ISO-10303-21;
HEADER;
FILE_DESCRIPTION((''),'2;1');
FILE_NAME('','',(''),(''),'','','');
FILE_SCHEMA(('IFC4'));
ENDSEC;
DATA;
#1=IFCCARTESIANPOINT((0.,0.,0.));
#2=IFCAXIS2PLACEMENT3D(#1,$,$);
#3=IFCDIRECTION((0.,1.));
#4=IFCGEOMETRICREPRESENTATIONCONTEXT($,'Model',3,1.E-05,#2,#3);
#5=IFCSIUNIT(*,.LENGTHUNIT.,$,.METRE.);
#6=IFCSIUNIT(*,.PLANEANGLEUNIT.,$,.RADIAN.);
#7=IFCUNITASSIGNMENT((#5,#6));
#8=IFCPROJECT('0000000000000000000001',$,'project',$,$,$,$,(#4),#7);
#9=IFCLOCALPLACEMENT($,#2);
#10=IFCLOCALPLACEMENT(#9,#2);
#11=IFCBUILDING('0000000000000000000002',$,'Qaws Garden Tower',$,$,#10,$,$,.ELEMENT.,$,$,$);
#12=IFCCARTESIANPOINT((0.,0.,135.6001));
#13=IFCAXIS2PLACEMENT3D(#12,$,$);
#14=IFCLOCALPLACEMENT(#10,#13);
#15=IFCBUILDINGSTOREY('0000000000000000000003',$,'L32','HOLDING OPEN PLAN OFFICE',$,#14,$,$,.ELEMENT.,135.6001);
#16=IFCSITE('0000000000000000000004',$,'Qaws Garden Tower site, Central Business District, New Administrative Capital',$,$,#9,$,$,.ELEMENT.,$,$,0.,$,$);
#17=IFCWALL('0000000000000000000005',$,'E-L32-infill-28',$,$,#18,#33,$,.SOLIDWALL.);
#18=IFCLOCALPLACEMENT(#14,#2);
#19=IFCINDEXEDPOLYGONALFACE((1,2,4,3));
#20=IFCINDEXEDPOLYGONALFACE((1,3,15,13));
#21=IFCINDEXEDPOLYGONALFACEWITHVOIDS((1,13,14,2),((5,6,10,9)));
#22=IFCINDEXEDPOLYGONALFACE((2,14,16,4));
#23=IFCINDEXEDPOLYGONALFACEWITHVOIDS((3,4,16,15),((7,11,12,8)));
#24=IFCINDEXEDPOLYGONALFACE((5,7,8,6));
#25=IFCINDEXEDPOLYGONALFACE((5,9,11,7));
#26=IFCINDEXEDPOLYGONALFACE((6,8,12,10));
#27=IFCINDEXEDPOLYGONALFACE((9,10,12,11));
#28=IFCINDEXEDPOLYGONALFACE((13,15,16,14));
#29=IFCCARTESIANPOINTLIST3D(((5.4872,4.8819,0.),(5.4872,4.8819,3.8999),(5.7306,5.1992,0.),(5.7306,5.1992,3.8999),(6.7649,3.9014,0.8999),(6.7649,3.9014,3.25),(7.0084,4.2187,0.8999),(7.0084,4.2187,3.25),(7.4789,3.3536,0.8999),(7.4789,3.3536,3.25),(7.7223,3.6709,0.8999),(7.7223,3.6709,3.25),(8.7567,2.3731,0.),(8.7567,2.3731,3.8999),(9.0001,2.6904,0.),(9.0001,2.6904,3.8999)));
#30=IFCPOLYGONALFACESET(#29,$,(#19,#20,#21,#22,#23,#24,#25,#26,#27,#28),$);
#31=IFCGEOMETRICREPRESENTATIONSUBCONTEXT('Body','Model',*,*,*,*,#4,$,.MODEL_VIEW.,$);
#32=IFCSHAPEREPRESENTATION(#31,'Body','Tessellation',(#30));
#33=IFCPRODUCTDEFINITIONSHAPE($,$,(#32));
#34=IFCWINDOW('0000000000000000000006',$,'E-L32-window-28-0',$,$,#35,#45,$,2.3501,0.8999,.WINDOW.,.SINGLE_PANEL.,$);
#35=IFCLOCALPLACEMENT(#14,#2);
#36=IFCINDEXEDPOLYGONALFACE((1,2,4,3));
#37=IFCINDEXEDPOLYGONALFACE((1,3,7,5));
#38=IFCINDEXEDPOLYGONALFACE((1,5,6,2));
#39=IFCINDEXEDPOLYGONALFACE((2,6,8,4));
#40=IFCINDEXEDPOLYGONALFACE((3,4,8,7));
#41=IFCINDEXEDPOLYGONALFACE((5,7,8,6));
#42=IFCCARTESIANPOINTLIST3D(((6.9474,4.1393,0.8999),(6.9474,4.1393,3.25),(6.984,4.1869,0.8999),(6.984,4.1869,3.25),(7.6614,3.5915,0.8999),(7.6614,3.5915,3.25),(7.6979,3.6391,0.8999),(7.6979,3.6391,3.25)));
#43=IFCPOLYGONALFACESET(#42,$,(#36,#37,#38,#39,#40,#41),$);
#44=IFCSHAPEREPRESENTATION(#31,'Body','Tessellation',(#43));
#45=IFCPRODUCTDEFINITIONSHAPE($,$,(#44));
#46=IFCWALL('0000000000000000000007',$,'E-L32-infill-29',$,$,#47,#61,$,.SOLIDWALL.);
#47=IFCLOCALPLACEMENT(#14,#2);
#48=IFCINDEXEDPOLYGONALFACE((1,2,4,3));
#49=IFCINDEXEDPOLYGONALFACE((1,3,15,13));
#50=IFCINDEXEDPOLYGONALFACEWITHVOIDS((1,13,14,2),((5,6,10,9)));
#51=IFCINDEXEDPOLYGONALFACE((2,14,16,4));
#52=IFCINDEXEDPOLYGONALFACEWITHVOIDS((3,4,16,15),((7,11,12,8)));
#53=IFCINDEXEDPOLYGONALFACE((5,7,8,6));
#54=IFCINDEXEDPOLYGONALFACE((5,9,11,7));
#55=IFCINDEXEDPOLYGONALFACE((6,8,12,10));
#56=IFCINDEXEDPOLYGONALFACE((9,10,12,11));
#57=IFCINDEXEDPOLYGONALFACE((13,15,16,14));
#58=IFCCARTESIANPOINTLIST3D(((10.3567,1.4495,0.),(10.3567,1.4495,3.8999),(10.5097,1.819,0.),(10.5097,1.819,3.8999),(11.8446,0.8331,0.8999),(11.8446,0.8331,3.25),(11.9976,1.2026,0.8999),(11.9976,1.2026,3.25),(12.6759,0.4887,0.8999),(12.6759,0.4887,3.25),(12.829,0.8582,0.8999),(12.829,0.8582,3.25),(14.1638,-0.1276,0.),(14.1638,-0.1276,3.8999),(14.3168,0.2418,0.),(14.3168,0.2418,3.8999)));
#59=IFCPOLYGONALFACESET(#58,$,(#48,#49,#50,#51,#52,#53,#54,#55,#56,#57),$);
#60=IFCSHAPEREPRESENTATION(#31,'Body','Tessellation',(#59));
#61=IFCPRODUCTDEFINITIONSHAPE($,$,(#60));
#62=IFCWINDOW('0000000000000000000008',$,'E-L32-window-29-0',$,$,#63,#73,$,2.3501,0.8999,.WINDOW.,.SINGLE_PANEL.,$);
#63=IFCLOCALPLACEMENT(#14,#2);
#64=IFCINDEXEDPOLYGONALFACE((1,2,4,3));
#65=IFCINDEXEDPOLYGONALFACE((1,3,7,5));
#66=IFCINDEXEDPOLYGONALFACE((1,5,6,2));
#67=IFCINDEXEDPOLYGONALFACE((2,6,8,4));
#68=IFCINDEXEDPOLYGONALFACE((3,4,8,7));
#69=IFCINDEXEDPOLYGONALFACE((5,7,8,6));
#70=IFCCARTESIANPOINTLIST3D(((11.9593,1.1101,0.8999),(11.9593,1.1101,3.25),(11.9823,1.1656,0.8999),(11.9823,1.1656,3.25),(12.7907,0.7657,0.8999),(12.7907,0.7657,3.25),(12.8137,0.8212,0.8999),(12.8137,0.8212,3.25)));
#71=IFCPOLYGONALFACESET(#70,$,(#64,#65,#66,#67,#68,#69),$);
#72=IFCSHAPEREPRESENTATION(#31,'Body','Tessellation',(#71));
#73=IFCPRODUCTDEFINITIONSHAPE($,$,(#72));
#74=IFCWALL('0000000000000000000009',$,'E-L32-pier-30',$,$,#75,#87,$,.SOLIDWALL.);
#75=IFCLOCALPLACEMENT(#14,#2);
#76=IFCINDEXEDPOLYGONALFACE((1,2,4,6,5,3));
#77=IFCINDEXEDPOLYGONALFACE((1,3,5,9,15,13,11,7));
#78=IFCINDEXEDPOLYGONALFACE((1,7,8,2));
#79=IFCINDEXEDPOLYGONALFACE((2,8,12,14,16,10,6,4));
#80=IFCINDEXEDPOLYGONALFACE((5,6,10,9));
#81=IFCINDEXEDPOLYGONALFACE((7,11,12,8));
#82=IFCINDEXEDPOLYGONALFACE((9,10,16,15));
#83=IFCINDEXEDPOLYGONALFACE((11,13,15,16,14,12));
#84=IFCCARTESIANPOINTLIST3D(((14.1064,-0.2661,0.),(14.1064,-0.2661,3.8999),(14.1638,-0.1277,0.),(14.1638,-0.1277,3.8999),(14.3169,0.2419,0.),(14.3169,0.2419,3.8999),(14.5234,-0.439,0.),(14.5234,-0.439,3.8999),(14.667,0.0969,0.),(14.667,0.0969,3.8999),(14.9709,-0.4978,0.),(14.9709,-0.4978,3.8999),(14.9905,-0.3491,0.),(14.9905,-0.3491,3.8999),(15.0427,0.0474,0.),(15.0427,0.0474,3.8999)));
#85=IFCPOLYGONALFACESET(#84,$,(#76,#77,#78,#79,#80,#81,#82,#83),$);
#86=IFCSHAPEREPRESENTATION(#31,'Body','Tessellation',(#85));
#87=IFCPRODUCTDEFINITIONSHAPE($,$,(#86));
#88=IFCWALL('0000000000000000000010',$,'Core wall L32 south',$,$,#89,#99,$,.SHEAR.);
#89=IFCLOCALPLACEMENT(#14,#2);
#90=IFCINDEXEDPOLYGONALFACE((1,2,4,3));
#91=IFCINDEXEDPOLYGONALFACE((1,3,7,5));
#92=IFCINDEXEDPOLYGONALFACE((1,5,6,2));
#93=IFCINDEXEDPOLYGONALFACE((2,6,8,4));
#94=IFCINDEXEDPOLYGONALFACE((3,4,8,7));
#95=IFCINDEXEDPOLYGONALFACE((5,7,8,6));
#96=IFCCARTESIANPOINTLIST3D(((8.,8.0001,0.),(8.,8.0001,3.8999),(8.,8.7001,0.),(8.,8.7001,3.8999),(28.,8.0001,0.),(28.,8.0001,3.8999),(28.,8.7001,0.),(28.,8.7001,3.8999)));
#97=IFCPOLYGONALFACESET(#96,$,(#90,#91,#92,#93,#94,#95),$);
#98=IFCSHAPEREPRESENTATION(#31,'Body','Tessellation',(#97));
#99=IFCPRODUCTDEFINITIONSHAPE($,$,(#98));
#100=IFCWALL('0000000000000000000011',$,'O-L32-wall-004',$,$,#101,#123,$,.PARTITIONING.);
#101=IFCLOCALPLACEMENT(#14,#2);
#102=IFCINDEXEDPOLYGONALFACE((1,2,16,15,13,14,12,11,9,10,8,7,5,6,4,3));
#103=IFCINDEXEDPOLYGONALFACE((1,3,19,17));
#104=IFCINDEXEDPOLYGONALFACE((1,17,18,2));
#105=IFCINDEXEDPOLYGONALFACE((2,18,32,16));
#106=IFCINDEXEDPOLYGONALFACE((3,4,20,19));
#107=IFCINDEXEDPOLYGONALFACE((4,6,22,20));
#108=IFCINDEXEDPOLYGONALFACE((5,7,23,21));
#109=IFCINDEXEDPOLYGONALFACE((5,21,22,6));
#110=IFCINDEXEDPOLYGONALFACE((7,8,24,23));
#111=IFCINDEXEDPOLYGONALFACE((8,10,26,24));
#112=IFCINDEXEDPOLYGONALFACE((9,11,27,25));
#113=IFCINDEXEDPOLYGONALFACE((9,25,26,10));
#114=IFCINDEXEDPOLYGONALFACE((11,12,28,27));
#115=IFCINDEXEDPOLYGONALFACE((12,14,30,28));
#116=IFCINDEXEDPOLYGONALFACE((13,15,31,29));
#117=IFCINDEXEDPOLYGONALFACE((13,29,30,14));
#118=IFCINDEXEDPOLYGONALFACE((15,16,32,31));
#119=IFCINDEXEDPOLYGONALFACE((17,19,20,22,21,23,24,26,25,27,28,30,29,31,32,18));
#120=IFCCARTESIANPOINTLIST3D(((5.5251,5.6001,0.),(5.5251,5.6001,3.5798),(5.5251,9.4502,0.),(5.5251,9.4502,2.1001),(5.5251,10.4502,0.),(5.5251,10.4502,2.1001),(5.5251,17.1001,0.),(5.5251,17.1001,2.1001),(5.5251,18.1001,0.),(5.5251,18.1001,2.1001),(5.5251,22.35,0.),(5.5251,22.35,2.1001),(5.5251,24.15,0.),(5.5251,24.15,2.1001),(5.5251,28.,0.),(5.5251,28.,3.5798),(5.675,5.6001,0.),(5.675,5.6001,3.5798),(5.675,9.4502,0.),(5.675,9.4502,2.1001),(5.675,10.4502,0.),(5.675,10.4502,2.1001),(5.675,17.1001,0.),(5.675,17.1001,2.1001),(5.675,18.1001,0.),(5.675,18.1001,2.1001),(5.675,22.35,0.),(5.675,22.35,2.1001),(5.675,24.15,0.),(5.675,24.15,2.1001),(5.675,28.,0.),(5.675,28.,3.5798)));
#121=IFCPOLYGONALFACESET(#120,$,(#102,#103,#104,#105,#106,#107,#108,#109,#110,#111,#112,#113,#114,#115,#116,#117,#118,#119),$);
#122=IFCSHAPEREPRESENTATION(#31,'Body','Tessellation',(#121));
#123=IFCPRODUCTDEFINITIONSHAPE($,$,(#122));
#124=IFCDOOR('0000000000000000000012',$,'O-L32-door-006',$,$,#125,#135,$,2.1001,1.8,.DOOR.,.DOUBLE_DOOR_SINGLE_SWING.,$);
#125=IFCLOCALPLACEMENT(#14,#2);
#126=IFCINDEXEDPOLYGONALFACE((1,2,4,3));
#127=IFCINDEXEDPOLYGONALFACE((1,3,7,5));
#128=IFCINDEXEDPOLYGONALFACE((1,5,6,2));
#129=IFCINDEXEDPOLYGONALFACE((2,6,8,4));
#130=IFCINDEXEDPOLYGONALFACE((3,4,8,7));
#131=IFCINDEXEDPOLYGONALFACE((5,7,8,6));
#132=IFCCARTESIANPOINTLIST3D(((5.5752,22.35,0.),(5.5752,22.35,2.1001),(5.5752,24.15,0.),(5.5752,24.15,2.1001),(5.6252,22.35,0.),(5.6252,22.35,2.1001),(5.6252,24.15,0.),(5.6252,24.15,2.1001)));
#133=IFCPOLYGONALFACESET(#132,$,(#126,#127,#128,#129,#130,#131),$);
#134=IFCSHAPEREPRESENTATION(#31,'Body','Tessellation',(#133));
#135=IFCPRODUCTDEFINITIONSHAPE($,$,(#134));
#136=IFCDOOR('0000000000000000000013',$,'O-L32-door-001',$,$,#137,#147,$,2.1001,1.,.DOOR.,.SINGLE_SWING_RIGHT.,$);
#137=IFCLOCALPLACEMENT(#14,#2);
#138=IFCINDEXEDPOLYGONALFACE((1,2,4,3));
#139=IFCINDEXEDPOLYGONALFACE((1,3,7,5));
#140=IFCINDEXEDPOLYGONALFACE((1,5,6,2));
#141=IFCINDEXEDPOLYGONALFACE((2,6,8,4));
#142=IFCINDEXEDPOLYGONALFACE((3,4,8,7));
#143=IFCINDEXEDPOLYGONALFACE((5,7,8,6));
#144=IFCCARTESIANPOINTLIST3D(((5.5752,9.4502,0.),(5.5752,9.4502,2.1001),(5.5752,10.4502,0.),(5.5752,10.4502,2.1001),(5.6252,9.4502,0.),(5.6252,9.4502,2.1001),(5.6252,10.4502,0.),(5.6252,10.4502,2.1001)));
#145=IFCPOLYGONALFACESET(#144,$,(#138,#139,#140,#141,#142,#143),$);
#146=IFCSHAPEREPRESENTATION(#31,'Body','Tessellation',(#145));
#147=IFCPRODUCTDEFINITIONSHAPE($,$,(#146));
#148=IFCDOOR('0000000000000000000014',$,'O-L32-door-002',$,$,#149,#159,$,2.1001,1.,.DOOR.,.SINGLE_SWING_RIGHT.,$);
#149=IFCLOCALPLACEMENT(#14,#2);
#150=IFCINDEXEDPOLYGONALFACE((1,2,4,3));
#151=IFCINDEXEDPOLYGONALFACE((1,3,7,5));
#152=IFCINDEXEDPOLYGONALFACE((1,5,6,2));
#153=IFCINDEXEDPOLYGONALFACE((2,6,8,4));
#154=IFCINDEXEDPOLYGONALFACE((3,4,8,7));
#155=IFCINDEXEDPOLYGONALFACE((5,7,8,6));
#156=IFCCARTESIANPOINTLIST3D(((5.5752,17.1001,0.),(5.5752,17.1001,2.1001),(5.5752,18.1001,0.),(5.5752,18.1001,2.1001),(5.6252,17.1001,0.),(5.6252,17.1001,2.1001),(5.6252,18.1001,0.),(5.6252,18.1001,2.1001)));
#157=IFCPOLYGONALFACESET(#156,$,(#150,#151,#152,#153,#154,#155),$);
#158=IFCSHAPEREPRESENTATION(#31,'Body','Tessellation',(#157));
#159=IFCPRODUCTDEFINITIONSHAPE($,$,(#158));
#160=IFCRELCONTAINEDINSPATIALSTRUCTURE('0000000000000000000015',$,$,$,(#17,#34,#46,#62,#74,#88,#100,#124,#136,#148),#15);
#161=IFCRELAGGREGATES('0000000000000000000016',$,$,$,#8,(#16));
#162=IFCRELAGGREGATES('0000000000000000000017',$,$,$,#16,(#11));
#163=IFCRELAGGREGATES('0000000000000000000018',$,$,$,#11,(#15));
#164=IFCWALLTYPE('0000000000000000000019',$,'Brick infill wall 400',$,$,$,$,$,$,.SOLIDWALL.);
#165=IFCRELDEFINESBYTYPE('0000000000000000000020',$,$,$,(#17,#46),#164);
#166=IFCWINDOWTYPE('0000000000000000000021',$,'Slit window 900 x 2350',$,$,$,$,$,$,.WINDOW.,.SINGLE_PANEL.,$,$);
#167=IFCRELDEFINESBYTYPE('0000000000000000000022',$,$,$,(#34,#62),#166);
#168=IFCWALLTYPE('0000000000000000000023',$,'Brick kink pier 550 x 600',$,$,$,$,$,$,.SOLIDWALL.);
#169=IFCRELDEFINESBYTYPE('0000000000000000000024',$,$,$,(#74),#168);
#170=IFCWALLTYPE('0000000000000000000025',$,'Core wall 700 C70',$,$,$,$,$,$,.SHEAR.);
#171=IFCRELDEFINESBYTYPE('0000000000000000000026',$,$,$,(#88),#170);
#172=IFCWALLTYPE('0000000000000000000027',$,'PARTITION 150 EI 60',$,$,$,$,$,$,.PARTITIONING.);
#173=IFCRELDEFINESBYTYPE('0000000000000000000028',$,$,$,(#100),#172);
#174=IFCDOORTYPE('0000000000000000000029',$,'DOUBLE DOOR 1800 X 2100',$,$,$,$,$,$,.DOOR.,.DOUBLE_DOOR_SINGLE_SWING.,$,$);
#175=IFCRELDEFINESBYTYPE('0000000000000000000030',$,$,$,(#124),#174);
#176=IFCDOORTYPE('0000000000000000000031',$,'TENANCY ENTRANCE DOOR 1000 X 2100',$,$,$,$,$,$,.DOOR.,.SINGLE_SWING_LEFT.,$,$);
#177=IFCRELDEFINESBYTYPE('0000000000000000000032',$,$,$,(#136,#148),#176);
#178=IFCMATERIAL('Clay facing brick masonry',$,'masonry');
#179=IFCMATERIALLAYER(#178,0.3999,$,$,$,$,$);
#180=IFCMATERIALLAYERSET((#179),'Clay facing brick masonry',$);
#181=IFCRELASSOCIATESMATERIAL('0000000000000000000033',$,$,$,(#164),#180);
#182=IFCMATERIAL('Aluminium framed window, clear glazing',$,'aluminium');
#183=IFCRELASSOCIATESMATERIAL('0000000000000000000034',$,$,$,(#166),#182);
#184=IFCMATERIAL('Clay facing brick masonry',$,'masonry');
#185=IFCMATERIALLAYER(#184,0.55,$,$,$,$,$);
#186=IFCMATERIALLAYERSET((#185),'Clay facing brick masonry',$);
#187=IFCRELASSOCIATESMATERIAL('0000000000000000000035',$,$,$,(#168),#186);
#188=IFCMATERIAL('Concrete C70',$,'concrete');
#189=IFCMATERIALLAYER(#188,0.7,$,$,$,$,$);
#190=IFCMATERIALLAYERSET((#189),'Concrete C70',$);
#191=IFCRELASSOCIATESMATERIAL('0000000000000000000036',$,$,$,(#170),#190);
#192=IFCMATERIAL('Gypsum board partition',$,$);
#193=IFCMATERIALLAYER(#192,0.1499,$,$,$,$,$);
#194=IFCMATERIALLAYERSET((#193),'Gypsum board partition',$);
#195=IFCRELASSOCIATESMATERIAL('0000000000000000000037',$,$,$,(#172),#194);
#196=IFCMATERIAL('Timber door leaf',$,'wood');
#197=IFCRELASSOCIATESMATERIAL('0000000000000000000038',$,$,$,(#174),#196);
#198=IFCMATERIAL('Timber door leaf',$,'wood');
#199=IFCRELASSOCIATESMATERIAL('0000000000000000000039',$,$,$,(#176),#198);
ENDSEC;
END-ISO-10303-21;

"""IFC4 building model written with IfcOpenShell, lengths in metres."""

from ifc_helpers import new_model, si_unit, direction, frame, frame_2d, origin, place, context, subcontext, project, spatial, polyline, rectangle, outline, extrude, material, layer, layer_set, type_object, element, fill, save


model = new_model("IFC4")

# Units and contexts
model_context = context("Model", 3, precision=1e-05, world=origin(), true_north=direction((0.0, 1.0)))
body_context = subcontext(model_context, "Body", "Model", "MODEL_VIEW")
ifc_project = project(units=[si_unit("LENGTHUNIT", "METRE"), si_unit("PLANEANGLEUNIT", "RADIAN")], contexts=[model_context])

# Site, building, storey
site_placement = place(None, origin())
site = spatial("IfcSite", under=ifc_project, at=site_placement, Name="Qaws Garden Tower site, Central Business District, New Administrative Capital", CompositionType="ELEMENT", RefElevation=0.0)
building_placement = place(site_placement, origin())
building = spatial("IfcBuilding", under=site, at=building_placement, Name="Qaws Garden Tower", CompositionType="ELEMENT")
storey_placement = place(building_placement, frame((0.0, 0.0, 135.6001)))
storey = spatial("IfcBuildingStorey", under=building, at=storey_placement, Name="L32", Description="HOLDING OPEN PLAN OFFICE", CompositionType="ELEMENT", Elevation=135.6001)

# Shared definitions
placement_1 = place(storey_placement, origin())

# Walls, openings, windows
ifc_material_1 = material(Name="Clay facing brick masonry", Category="masonry")
ifc_layer_1 = layer(ifc_material_1, 0.3999)
ifc_layer_set_1 = layer_set([ifc_layer_1], Name="Clay facing brick masonry")
wall_type_1 = type_object("IfcWallType", Name="Brick infill wall 400", PredefinedType="SOLIDWALL", material=ifc_layer_set_1)
ifc_material_2 = material(Name="Aluminium framed window, clear glazing", Category="aluminium")
window_type = type_object("IfcWindowType", Name="Slit window 900 x 2350", PartitioningType="SINGLE_PANEL", PredefinedType="WINDOW", material=ifc_material_2)
wall_1_placement = place(storey_placement, frame((5.6089, 5.0405, 0.0), z_axis=(0.0, 0.0, 1.0), x_axis=(0.793355, -0.60876, 0.0)))
wall_1 = element("IfcWall", 1, at=wall_1_placement, inside=storey, type_object=wall_type_1, Name="E-L32-infill-28", PredefinedType="SOLIDWALL", context=body_context, shape_type="SweptSolid", body=[
    extrude(rectangle(XDim=4.1211, YDim=0.3999, at=frame_2d((2.0605, 0.0))), origin(), (0.0, 0.0, 1.0), 3.8999),
])
opening_1_placement = place(wall_1_placement, frame((1.6106, 0.0, 0.8999)))
opening_1 = element("IfcOpeningElement", 2, at=opening_1_placement, cuts=wall_1, PredefinedType="OPENING", context=body_context, shape_type="SweptSolid", body=[
    extrude(rectangle(XDim=0.8999, YDim=2.3501, at=frame_2d((0.45, 1.175))), frame((0.0, 0.21, 0.0), z_axis=(0.0, -1.0, 0.0), x_axis=(1.0, 0.0, 0.0)), (0.0, 0.0, 1.0), 0.4199),
])
window_1_placement = place(opening_1_placement, origin())
window_1 = element("IfcWindow", 3, at=window_1_placement, inside=storey, type_object=window_type, Name="E-L32-window-28-0", OverallHeight=2.3501, OverallWidth=0.8999, PartitioningType="SINGLE_PANEL", PredefinedType="WINDOW", context=body_context, shape_type="SweptSolid", body=[
    extrude(rectangle(XDim=0.8999, YDim=2.3501, at=frame_2d((0.45, 1.175))), frame((0.0, 0.1599, 0.0), z_axis=(0.0, -1.0, 0.0), x_axis=(1.0, 0.0, 0.0)), (0.0, 0.0, 1.0), 0.0601),
])
fill(opening_1, window_1)
wall_2_placement = place(storey_placement, frame((10.4331, 1.6343, 0.0), z_axis=(0.0, 0.0, 1.0), x_axis=(0.923864, -0.382722, 0.0)))
wall_2 = element("IfcWall", 4, at=wall_2_placement, inside=storey, type_object=wall_type_1, Name="E-L32-infill-29", PredefinedType="SOLIDWALL", context=body_context, shape_type="SweptSolid", body=[
    extrude(rectangle(XDim=4.1208, YDim=0.3999, at=frame_2d((2.0605, 0.0))), origin(), (0.0, 0.0, 1.0), 3.8999),
])
opening_2_placement = place(wall_2_placement, frame((1.6106, 0.0, 0.8999)))
opening_2 = element("IfcOpeningElement", 5, at=opening_2_placement, cuts=wall_2, PredefinedType="OPENING", context=body_context, shape_type="SweptSolid", body=[
    extrude(rectangle(XDim=0.8999, YDim=2.3501, at=frame_2d((0.45, 1.175))), frame((0.0, 0.21, 0.0), z_axis=(0.0, -1.0, 0.0), x_axis=(1.0, 0.0, 0.0)), (0.0, 0.0, 1.0), 0.4199),
])
window_2_placement = place(opening_2_placement, origin())
window_2 = element("IfcWindow", 6, at=window_2_placement, inside=storey, type_object=window_type, Name="E-L32-window-29-0", OverallHeight=2.3501, OverallWidth=0.8999, PartitioningType="SINGLE_PANEL", PredefinedType="WINDOW", context=body_context, shape_type="SweptSolid", body=[
    extrude(rectangle(XDim=0.8999, YDim=2.3501, at=frame_2d((0.45, 1.175))), frame((0.0, 0.1599, 0.0), z_axis=(0.0, -1.0, 0.0), x_axis=(1.0, 0.0, 0.0)), (0.0, 0.0, 1.0), 0.0601),
])
fill(opening_2, window_2)

# Walls
ifc_material_3 = material(Name="Clay facing brick masonry", Category="masonry")
ifc_layer_2 = layer(ifc_material_3, 0.55)
ifc_layer_set_2 = layer_set([ifc_layer_2], Name="Clay facing brick masonry")
wall_type_2 = type_object("IfcWallType", Name="Brick kink pier 550 x 600", PredefinedType="SOLIDWALL", material=ifc_layer_set_2)
element("IfcWall", 7, at=placement_1, inside=storey, type_object=wall_type_2, Name="E-L32-pier-30", PredefinedType="SOLIDWALL", context=body_context, shape_type="SweptSolid", body=[
    extrude(outline(polyline([(14.1638, -0.1277), (14.1064, -0.2661), (14.5234, -0.439), (14.9709, -0.4978), (14.9905, -0.3491), (15.0427, 0.0474), (14.667, 0.0969), (14.3169, 0.2419), (14.1638, -0.1277)])), origin(), (0.0, 0.0, 1.0), 3.8999),
])
ifc_material_4 = material(Name="Concrete C70", Category="concrete")
ifc_layer_3 = layer(ifc_material_4, 0.7)
ifc_layer_set_3 = layer_set([ifc_layer_3], Name="Concrete C70")
wall_type_3 = type_object("IfcWallType", Name="Core wall 700 C70", PredefinedType="SHEAR", material=ifc_layer_set_3)
wall_3_placement = place(storey_placement, frame((8.0, 8.3501, 0.0), z_axis=(0.0, 0.0, 1.0), x_axis=(1.0, 0.0, 0.0)))
element("IfcWall", 8, at=wall_3_placement, inside=storey, type_object=wall_type_3, Name="Core wall L32 south", PredefinedType="SHEAR", context=body_context, shape_type="SweptSolid", body=[
    extrude(rectangle(XDim=20.0, YDim=0.7, at=frame_2d((10.0, 0.0))), origin(), (0.0, 0.0, 1.0), 3.8999),
])

# Wall, openings, doors
ifc_material_5 = material(Name="Gypsum board partition")
ifc_layer_4 = layer(ifc_material_5, 0.1499)
ifc_layer_set_4 = layer_set([ifc_layer_4], Name="Gypsum board partition")
wall_type_4 = type_object("IfcWallType", Name="PARTITION 150 EI 60", PredefinedType="PARTITIONING", material=ifc_layer_set_4)
wall_4_placement = place(storey_placement, frame((5.6001, 5.6001, 0.0), z_axis=(0.0, 0.0, 1.0), x_axis=(0.0, 1.0, 0.0)))
wall_4 = element("IfcWall", 9, at=wall_4_placement, inside=storey, type_object=wall_type_4, Name="O-L32-wall-004", PredefinedType="PARTITIONING", context=body_context, shape_type="SweptSolid", body=[
    extrude(rectangle(XDim=22.3999, YDim=0.1499, at=frame_2d((11.2, 0.0))), origin(), (0.0, 0.0, 1.0), 3.5798),
])
opening_3_placement = place(wall_4_placement, frame((3.8501, 0.0, 0.0)))
opening_3 = element("IfcOpeningElement", 10, at=opening_3_placement, cuts=wall_4, PredefinedType="OPENING", context=body_context, shape_type="SweptSolid", body=[
    extrude(rectangle(XDim=1.0, YDim=2.1001, at=frame_2d((0.5, 1.05))), frame((0.0, 0.085, 0.0), z_axis=(0.0, -1.0, 0.0), x_axis=(1.0, 0.0, 0.0)), (0.0, 0.0, 1.0), 0.1699),
])
opening_4_placement = place(wall_4_placement, frame((11.5, 0.0, 0.0)))
opening_4 = element("IfcOpeningElement", 11, at=opening_4_placement, cuts=wall_4, PredefinedType="OPENING", context=body_context, shape_type="SweptSolid", body=[
    extrude(rectangle(XDim=1.0, YDim=2.1001, at=frame_2d((0.5, 1.05))), frame((0.0, 0.085, 0.0), z_axis=(0.0, -1.0, 0.0), x_axis=(1.0, 0.0, 0.0)), (0.0, 0.0, 1.0), 0.1699),
])
opening_5_placement = place(wall_4_placement, frame((16.75, 0.0, 0.0)))
opening_5 = element("IfcOpeningElement", 12, at=opening_5_placement, cuts=wall_4, PredefinedType="OPENING", context=body_context, shape_type="SweptSolid", body=[
    extrude(rectangle(XDim=1.8, YDim=2.1001, at=frame_2d((0.8999, 1.05))), frame((0.0, 0.085, 0.0), z_axis=(0.0, -1.0, 0.0), x_axis=(1.0, 0.0, 0.0)), (0.0, 0.0, 1.0), 0.1699),
])
ifc_material_6 = material(Name="Timber door leaf", Category="wood")
door_type_1 = type_object("IfcDoorType", Name="DOUBLE DOOR 1800 X 2100", OperationType="DOUBLE_DOOR_SINGLE_SWING", PredefinedType="DOOR", material=ifc_material_6)
door_1_placement = place(opening_5_placement, origin())
door_1 = element("IfcDoor", 13, at=door_1_placement, inside=storey, type_object=door_type_1, Name="O-L32-door-006", OperationType="DOUBLE_DOOR_SINGLE_SWING", OverallHeight=2.1001, OverallWidth=1.8, PredefinedType="DOOR", context=body_context, shape_type="SweptSolid", body=[
    extrude(rectangle(XDim=1.8, YDim=2.1001, at=frame_2d((0.8999, 1.05))), frame((0.0, 0.0249, 0.0), z_axis=(0.0, -1.0, 0.0), x_axis=(1.0, 0.0, 0.0)), (0.0, 0.0, 1.0), 0.05),
])
fill(opening_5, door_1)
ifc_material_7 = material(Name="Timber door leaf", Category="wood")
door_type_2 = type_object("IfcDoorType", Name="TENANCY ENTRANCE DOOR 1000 X 2100", OperationType="SINGLE_SWING_LEFT", PredefinedType="DOOR", material=ifc_material_7)
door_2_placement = place(opening_3_placement, origin())
door_2 = element("IfcDoor", 14, at=door_2_placement, inside=storey, type_object=door_type_2, Name="O-L32-door-001", OperationType="SINGLE_SWING_RIGHT", OverallHeight=2.1001, OverallWidth=1.0, PredefinedType="DOOR", context=body_context, shape_type="SweptSolid", body=[
    extrude(rectangle(XDim=1.0, YDim=2.1001, at=frame_2d((0.5, 1.05))), frame((0.0, 0.0249, 0.0), z_axis=(0.0, -1.0, 0.0), x_axis=(1.0, 0.0, 0.0)), (0.0, 0.0, 1.0), 0.05),
])
fill(opening_3, door_2)
door_3_placement = place(opening_4_placement, origin())
door_3 = element("IfcDoor", 15, at=door_3_placement, inside=storey, type_object=door_type_2, Name="O-L32-door-002", OperationType="SINGLE_SWING_RIGHT", OverallHeight=2.1001, OverallWidth=1.0, PredefinedType="DOOR", context=body_context, shape_type="SweptSolid", body=[
    extrude(rectangle(XDim=1.0, YDim=2.1001, at=frame_2d((0.5, 1.05))), frame((0.0, 0.0249, 0.0), z_axis=(0.0, -1.0, 0.0), x_axis=(1.0, 0.0, 0.0)), (0.0, 0.0, 1.0), 0.05),
])
fill(opening_4, door_3)

save(model, "model.ifc")
